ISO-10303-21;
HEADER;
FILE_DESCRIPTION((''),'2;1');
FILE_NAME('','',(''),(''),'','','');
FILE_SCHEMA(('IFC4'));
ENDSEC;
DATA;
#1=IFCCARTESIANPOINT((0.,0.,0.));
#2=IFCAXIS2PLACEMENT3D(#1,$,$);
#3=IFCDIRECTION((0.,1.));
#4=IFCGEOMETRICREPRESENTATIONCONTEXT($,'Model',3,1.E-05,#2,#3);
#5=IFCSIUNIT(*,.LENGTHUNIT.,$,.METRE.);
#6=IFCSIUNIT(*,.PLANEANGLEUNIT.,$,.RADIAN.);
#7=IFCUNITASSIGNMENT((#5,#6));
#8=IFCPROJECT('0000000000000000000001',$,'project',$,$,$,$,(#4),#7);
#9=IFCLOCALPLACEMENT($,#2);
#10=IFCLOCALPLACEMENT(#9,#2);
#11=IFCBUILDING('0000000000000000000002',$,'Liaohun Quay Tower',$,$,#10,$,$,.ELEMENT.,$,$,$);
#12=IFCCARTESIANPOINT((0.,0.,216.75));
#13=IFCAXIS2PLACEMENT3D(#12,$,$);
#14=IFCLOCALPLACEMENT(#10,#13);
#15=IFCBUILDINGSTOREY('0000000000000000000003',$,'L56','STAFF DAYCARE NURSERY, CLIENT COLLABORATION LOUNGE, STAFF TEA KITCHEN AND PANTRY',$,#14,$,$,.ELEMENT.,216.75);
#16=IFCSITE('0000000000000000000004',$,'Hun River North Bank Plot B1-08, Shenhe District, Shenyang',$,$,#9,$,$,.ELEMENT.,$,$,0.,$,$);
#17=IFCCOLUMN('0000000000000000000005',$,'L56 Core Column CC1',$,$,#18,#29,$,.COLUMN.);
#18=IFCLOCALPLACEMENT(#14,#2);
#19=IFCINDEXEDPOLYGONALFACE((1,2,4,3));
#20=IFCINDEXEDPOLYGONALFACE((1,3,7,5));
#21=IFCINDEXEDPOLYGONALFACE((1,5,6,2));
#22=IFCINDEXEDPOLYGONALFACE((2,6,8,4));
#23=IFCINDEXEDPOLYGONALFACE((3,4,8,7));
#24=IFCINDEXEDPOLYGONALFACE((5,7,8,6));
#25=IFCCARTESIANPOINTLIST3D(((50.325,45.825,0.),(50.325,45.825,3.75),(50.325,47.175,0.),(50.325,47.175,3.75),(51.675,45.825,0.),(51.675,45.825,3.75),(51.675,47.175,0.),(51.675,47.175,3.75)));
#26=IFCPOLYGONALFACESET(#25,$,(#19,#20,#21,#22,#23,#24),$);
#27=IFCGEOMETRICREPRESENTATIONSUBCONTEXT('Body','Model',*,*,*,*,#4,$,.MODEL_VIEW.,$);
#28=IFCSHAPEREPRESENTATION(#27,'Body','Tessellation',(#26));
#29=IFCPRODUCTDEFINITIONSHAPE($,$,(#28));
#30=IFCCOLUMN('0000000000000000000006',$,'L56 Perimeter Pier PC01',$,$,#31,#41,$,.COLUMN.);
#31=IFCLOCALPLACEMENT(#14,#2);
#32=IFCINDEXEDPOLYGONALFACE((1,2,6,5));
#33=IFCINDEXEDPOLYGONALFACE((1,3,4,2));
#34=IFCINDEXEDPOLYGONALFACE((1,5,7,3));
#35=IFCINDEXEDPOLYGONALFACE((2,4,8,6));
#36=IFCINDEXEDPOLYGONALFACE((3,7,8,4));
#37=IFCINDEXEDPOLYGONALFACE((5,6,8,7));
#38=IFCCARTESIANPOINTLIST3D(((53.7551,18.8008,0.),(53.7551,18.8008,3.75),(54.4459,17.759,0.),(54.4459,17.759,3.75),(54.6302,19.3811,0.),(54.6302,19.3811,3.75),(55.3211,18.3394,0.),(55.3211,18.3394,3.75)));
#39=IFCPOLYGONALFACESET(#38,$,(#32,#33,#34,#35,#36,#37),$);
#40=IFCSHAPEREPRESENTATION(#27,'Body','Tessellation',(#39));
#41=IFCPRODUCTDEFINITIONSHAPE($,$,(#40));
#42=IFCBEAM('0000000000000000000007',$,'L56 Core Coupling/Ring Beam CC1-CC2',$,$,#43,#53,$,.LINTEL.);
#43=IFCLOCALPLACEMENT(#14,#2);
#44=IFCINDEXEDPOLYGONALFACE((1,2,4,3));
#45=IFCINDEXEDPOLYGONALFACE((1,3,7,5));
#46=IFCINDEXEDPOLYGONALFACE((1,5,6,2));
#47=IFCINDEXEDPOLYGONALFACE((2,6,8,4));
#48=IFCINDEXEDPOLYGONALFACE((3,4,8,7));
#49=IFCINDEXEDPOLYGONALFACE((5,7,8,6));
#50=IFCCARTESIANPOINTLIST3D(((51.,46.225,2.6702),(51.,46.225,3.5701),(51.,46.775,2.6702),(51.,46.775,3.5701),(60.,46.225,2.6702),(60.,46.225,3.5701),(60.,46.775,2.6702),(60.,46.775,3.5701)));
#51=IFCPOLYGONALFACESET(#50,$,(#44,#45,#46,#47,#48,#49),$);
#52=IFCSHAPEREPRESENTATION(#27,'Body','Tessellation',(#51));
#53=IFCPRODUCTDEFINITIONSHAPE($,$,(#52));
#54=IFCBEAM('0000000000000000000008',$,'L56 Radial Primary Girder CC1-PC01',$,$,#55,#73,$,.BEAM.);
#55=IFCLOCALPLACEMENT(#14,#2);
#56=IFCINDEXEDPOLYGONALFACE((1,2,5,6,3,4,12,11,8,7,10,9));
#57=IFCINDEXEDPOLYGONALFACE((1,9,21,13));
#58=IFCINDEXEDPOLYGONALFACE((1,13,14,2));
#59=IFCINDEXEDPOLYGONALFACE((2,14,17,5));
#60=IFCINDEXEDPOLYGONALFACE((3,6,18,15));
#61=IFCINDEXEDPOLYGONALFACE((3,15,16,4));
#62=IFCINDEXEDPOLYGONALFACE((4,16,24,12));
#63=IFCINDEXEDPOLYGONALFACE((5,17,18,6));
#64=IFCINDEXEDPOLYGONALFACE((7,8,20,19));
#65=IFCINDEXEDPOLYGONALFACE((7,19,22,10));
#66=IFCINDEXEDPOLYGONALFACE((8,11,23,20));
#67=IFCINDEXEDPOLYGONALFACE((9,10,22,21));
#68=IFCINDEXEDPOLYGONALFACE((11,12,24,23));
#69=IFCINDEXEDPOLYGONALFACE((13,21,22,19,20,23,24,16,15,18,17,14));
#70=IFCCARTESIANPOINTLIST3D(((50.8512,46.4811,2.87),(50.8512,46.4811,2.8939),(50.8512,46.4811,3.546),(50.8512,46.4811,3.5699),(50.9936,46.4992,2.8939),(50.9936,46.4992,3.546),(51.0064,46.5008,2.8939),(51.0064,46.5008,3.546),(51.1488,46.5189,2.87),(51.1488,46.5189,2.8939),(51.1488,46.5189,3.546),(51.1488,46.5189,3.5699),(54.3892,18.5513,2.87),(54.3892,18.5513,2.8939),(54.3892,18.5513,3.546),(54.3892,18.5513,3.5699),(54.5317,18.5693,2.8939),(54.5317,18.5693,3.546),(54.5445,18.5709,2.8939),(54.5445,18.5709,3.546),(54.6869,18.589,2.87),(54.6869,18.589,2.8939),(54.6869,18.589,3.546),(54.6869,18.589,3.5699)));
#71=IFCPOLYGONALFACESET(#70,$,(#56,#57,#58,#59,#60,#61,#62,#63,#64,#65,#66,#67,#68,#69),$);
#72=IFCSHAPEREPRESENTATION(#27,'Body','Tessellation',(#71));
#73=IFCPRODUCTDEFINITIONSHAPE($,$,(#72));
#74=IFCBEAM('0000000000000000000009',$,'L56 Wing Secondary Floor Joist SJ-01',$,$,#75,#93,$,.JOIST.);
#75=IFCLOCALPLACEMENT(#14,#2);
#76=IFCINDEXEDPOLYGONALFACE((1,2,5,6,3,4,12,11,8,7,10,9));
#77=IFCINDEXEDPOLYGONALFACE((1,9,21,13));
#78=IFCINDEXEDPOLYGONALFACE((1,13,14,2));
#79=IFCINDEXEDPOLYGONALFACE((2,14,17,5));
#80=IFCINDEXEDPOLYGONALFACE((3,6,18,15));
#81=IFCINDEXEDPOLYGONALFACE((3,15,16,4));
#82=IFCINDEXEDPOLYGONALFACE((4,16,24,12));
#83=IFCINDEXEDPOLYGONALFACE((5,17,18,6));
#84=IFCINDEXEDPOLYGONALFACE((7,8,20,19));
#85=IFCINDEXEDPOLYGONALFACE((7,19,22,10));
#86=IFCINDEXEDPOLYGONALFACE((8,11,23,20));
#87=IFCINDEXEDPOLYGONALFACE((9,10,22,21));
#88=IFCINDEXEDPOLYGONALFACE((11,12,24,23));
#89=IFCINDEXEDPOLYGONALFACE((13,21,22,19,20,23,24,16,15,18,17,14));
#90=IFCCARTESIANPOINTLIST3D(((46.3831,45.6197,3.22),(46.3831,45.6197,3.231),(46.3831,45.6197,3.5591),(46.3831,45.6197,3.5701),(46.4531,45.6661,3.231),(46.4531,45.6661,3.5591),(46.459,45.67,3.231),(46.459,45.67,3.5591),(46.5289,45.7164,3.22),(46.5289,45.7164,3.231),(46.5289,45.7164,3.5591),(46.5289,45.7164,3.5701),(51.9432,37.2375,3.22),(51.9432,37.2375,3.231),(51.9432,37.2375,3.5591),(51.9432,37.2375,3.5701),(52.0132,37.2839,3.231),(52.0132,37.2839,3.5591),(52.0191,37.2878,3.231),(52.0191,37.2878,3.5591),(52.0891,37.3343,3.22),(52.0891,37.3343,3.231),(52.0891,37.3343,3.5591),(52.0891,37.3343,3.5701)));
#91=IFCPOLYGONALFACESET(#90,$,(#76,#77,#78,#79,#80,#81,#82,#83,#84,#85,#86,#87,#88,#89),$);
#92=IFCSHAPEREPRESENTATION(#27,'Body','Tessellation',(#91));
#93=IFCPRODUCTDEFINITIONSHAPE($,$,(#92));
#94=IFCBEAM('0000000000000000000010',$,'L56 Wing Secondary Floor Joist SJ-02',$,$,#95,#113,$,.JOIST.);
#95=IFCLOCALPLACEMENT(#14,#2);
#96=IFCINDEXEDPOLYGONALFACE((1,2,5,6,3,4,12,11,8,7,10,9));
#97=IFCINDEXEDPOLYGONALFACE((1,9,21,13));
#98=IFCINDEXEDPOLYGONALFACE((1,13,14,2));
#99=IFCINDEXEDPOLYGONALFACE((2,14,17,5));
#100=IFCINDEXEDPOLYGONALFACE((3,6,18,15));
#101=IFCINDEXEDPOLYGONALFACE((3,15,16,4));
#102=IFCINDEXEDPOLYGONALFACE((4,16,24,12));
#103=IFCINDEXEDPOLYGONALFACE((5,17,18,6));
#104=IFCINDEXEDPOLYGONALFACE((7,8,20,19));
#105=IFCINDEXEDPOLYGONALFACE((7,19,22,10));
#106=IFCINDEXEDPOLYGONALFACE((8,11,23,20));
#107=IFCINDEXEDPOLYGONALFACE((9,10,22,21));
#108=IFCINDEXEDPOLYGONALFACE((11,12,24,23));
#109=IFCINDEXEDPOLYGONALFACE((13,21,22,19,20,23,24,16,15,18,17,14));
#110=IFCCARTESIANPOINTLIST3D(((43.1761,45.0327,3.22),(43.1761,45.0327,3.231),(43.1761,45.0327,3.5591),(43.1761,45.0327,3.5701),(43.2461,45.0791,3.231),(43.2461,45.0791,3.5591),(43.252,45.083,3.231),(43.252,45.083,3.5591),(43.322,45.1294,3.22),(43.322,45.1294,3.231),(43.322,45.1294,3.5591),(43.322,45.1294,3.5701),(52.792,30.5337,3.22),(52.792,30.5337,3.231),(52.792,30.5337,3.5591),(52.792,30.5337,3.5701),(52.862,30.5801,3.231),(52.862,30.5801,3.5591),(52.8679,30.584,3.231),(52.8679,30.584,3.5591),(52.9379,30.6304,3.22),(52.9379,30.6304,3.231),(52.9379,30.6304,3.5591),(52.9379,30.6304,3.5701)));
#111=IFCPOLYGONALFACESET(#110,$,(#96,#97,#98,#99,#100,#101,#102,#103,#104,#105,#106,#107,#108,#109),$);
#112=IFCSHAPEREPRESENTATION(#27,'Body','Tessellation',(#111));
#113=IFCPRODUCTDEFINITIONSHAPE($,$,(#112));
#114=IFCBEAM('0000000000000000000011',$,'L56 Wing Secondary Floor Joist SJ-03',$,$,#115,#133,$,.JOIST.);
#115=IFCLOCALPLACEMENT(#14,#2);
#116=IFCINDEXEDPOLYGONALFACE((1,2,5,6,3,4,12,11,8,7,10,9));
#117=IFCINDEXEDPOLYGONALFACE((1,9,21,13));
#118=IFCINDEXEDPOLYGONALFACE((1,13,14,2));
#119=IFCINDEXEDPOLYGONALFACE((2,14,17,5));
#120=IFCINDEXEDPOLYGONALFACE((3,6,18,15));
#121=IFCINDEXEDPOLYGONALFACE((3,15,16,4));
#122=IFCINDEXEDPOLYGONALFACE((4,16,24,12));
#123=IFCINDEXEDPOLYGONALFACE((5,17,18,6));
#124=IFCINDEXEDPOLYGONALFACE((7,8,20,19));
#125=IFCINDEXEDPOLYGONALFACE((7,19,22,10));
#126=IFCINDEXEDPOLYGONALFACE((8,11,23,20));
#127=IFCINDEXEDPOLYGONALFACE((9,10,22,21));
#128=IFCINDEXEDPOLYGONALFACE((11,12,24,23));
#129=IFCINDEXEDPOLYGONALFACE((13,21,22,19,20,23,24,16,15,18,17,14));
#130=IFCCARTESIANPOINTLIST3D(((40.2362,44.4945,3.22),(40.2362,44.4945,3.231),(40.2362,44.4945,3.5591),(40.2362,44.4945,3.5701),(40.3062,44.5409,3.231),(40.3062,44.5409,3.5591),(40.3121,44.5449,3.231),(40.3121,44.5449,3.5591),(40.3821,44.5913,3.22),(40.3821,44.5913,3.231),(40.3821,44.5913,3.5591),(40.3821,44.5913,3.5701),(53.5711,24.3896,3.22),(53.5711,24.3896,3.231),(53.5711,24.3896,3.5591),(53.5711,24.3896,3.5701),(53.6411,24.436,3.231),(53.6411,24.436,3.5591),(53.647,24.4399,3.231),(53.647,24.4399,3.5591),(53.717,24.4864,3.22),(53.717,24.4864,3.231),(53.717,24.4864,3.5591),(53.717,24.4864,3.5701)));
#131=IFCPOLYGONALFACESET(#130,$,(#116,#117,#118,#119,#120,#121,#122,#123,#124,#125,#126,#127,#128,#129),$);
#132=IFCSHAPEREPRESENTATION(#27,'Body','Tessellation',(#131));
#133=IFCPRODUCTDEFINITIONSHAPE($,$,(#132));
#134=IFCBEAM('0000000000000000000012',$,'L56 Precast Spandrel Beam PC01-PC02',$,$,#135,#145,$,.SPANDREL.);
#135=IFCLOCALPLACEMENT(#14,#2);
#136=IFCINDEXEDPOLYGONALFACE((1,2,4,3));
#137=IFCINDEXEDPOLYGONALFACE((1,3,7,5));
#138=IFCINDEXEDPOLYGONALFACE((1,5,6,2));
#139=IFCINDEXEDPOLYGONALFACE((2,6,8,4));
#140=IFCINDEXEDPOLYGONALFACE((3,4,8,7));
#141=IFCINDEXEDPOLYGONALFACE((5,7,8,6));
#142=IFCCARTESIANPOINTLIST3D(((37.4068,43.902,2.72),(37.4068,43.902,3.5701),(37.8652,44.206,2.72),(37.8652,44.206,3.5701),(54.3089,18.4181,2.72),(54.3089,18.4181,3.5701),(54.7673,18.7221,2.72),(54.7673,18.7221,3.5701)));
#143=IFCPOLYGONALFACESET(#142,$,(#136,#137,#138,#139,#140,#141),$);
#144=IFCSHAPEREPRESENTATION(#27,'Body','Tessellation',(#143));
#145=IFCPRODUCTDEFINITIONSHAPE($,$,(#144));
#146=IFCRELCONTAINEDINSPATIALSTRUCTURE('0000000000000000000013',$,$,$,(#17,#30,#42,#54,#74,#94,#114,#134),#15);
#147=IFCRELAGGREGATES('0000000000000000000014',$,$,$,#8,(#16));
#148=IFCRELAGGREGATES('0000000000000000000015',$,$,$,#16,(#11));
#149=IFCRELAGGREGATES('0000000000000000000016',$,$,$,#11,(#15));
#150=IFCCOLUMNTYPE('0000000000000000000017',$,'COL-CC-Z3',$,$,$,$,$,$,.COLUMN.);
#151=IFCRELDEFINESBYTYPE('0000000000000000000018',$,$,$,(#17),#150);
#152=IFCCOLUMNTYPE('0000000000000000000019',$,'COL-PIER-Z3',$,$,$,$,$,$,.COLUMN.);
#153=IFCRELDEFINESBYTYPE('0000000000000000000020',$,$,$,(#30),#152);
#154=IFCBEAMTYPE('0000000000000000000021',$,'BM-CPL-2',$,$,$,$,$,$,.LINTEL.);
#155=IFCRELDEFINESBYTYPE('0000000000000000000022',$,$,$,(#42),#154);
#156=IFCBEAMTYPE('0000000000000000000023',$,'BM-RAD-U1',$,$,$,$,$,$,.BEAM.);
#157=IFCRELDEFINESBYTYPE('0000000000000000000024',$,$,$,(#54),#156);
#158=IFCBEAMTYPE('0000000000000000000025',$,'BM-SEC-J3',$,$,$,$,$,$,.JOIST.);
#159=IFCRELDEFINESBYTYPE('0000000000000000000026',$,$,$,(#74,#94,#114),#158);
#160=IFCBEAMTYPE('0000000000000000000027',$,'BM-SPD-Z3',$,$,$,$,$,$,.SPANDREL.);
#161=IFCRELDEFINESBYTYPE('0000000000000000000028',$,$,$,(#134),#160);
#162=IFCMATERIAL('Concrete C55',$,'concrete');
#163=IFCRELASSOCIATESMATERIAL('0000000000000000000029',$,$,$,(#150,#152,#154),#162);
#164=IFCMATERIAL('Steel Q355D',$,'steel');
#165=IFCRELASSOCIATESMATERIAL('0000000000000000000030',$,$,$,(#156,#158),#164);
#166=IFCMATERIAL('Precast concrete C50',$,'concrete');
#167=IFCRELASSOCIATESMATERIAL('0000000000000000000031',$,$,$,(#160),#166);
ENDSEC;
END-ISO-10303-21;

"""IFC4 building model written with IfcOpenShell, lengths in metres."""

from ifc_helpers import new_model, si_unit, direction, frame, origin, origin_2d, place, context, subcontext, project, spatial, rectangle, i_section, extrude, source, transform, mapped, material, material_profile, profile_set, type_object, element, save


model = new_model("IFC4")

# Units and contexts
model_context = context("Model", 3, precision=1e-05, world=origin(), true_north=direction((0.0, 1.0)))
body_context = subcontext(model_context, "Body", "Model", "MODEL_VIEW")
ifc_project = project(units=[si_unit("LENGTHUNIT", "METRE"), si_unit("PLANEANGLEUNIT", "RADIAN")], contexts=[model_context])

# Site, building, storey
site_placement = place(None, origin())
site = spatial("IfcSite", under=ifc_project, at=site_placement, Name="Hun River North Bank Plot B1-08, Shenhe District, Shenyang", CompositionType="ELEMENT", RefElevation=0.0)
building_placement = place(site_placement, origin())
building = spatial("IfcBuilding", under=site, at=building_placement, Name="Liaohun Quay Tower", CompositionType="ELEMENT")
storey_placement = place(building_placement, frame((0.0, 0.0, 216.75)))
storey = spatial("IfcBuildingStorey", under=building, at=storey_placement, Name="L56", Description="STAFF DAYCARE NURSERY, CLIENT COLLABORATION LOUNGE, STAFF TEA KITCHEN AND PANTRY", CompositionType="ELEMENT", Elevation=216.75)

# Columns
ifc_material_1 = material(Name="Concrete C55", Category="concrete")
ifc_material_profile_1 = material_profile(ifc_material_1, rectangle(XDim=1.3501, YDim=1.3501, at=origin_2d()), Name="RC1350x1350")
ifc_profile_set_1 = profile_set([ifc_material_profile_1], Name="Concrete C55")
column_type_1 = type_object("IfcColumnType", Name="COL-CC-Z3", PredefinedType="COLUMN", material=ifc_profile_set_1)
shared_shape_1 = source(origin(), body_context, "Body", "SweptSolid", [
    extrude(rectangle(XDim=1.3501, YDim=1.3501, at=origin_2d()), origin(), (0.0, 0.0, 1.0), 3.75),
])
column_1_placement = place(storey_placement, frame((51.0, 46.5, 0.0), z_axis=(0.0, 0.0, 1.0), x_axis=(1.0, 0.0, 0.0)))
element("IfcColumn", 1, at=column_1_placement, inside=storey, type_object=column_type_1, Name="L56 Core Column CC1", PredefinedType="COLUMN", context=body_context, shape_type="MappedRepresentation", body=[
    mapped(shared_shape_1, transform((0.0, 0.0, 0.0), x_axis=(1.0, 0.0, 0.0), y_axis=(0.0, 1.0, 0.0), z_axis=(0.0, 0.0, 1.0), scale=1.0)),
])
ifc_material_profile_2 = material_profile(ifc_material_1, rectangle(XDim=1.25, YDim=1.05, at=origin_2d()), Name="RC1250x1050")
ifc_profile_set_2 = profile_set([ifc_material_profile_2], Name="Concrete C55")
column_type_2 = type_object("IfcColumnType", Name="COL-PIER-Z3", PredefinedType="COLUMN", material=ifc_profile_set_2)
shared_shape_2 = source(origin(), body_context, "Body", "SweptSolid", [
    extrude(rectangle(XDim=1.25, YDim=1.05, at=origin_2d()), origin(), (0.0, 0.0, 1.0), 3.75),
])
column_2_placement = place(storey_placement, frame((54.5381, 18.5701, 0.0), z_axis=(0.0, 0.0, 1.0), x_axis=(-0.552664, 0.833404, 0.0)))
element("IfcColumn", 2, at=column_2_placement, inside=storey, type_object=column_type_2, Name="L56 Perimeter Pier PC01", PredefinedType="COLUMN", context=body_context, shape_type="MappedRepresentation", body=[
    mapped(shared_shape_2, transform((0.0, 0.0, 0.0), x_axis=(1.0, 0.0, 0.0), y_axis=(0.0, 1.0, 0.0), z_axis=(0.0, 0.0, 1.0), scale=1.0)),
])

# Beams
ifc_material_profile_3 = material_profile(ifc_material_1, rectangle(XDim=0.55, YDim=0.8999, at=origin_2d()), Name="RC550x900")
ifc_profile_set_3 = profile_set([ifc_material_profile_3], Name="Concrete C55")
beam_type_1 = type_object("IfcBeamType", Name="BM-CPL-2", PredefinedType="LINTEL", material=ifc_profile_set_3)
shared_shape_3 = source(origin(), body_context, "Body", "SweptSolid", [
    extrude(rectangle(XDim=0.55, YDim=0.8999, at=origin_2d()), origin(), (0.0, 0.0, 1.0), 9.0),
])
beam_1_placement = place(storey_placement, frame((51.0, 46.5, 3.1201), z_axis=(1.0, 0.0, 0.0), x_axis=(0.0, 1.0, 0.0)))
element("IfcBeam", 3, at=beam_1_placement, inside=storey, type_object=beam_type_1, Name="L56 Core Coupling/Ring Beam CC1-CC2", PredefinedType="LINTEL", context=body_context, shape_type="MappedRepresentation", body=[
    mapped(shared_shape_3, transform((0.0, 0.0, 0.0), x_axis=(1.0, 0.0, 0.0), y_axis=(0.0, 1.0, 0.0), z_axis=(0.0, 0.0, 1.0), scale=1.0)),
])
ifc_material_2 = material(Name="Steel Q355D", Category="steel")
ifc_material_profile_4 = material_profile(ifc_material_2, i_section(OverallWidth=0.3, OverallDepth=0.7, WebThickness=0.0129, FlangeThickness=0.0239, at=origin_2d()), Name="HN700x300x13x24")
ifc_profile_set_4 = profile_set([ifc_material_profile_4], Name="Steel Q355D")
beam_type_2 = type_object("IfcBeamType", Name="BM-RAD-U1", PredefinedType="BEAM", material=ifc_profile_set_4)
shared_shape_4 = source(origin(), body_context, "Body", "SweptSolid", [
    extrude(i_section(OverallWidth=0.3, OverallDepth=0.7, WebThickness=0.0129, FlangeThickness=0.0239, at=origin_2d()), origin(), (0.0, 0.0, 1.0), 28.1531),
])
beam_2_placement = place(storey_placement, frame((51.0, 46.5, 3.22), z_axis=(0.125673, -0.992072, 0.0), x_axis=(0.992072, 0.125673, 0.0)))
element("IfcBeam", 4, at=beam_2_placement, inside=storey, type_object=beam_type_2, Name="L56 Radial Primary Girder CC1-PC01", PredefinedType="BEAM", context=body_context, shape_type="MappedRepresentation", body=[
    mapped(shared_shape_4, transform((0.0, 0.0, 0.0), x_axis=(1.0, 0.0, 0.0), y_axis=(0.0, 1.0, 0.0), z_axis=(0.0, 0.0, 1.0), scale=1.0)),
])
ifc_material_profile_5 = material_profile(ifc_material_2, i_section(OverallWidth=0.175, OverallDepth=0.3501, WebThickness=0.0071, FlangeThickness=0.011, at=origin_2d()), Name="HN350x175x7x11")
ifc_profile_set_5 = profile_set([ifc_material_profile_5], Name="Steel Q355D")
beam_type_3 = type_object("IfcBeamType", Name="BM-SEC-J3", PredefinedType="JOIST", material=ifc_profile_set_5)
shared_shape_5 = source(origin(), body_context, "Body", "SweptSolid", [
    extrude(i_section(OverallWidth=0.175, OverallDepth=0.3501, WebThickness=0.0071, FlangeThickness=0.011, at=origin_2d()), origin(), (0.0, 0.0, 1.0), 10.0586),
])
beam_3_placement = place(storey_placement, frame((52.0161, 37.2859, 3.395), z_axis=(-0.552772, 0.833333, 0.0), x_axis=(-0.833333, -0.552772, 0.0)))
element("IfcBeam", 5, at=beam_3_placement, inside=storey, type_object=beam_type_3, Name="L56 Wing Secondary Floor Joist SJ-01", PredefinedType="JOIST", context=body_context, shape_type="MappedRepresentation", body=[
    mapped(shared_shape_5, transform((0.0, 0.0, 0.0), x_axis=(1.0, 0.0, 0.0), y_axis=(0.0, 1.0, 0.0), z_axis=(0.0, 0.0, 1.0), scale=1.0)),
])
shared_shape_6 = source(origin(), body_context, "Body", "SweptSolid", [
    extrude(i_section(OverallWidth=0.175, OverallDepth=0.3501, WebThickness=0.0071, FlangeThickness=0.011, at=origin_2d()), origin(), (0.0, 0.0, 1.0), 17.3979),
])
beam_4_placement = place(storey_placement, frame((52.865, 30.582, 3.395), z_axis=(-0.552707, 0.833376, 0.0), x_axis=(-0.833376, -0.552707, 0.0)))
element("IfcBeam", 6, at=beam_4_placement, inside=storey, type_object=beam_type_3, Name="L56 Wing Secondary Floor Joist SJ-02", PredefinedType="JOIST", context=body_context, shape_type="MappedRepresentation", body=[
    mapped(shared_shape_6, transform((0.0, 0.0, 0.0), x_axis=(1.0, 0.0, 0.0), y_axis=(0.0, 1.0, 0.0), z_axis=(0.0, 0.0, 1.0), scale=1.0)),
])
shared_shape_7 = source(origin(), body_context, "Body", "SweptSolid", [
    extrude(i_section(OverallWidth=0.175, OverallDepth=0.3501, WebThickness=0.0071, FlangeThickness=0.011, at=origin_2d()), origin(), (0.0, 0.0, 1.0), 24.1252),
])
beam_5_placement = place(storey_placement, frame((53.644, 24.438, 3.395), z_axis=(-0.552737, 0.833356, 0.0), x_axis=(-0.833356, -0.552737, 0.0)))
element("IfcBeam", 7, at=beam_5_placement, inside=storey, type_object=beam_type_3, Name="L56 Wing Secondary Floor Joist SJ-03", PredefinedType="JOIST", context=body_context, shape_type="MappedRepresentation", body=[
    mapped(shared_shape_7, transform((0.0, 0.0, 0.0), x_axis=(1.0, 0.0, 0.0), y_axis=(0.0, 1.0, 0.0), z_axis=(0.0, 0.0, 1.0), scale=1.0)),
])
ifc_material_3 = material(Name="Precast concrete C50", Category="concrete")
ifc_material_profile_6 = material_profile(ifc_material_3, rectangle(XDim=0.55, YDim=0.8501, at=origin_2d()), Name="RC550x850")
ifc_profile_set_6 = profile_set([ifc_material_profile_6], Name="Precast concrete C50")
beam_type_4 = type_object("IfcBeamType", Name="BM-SPD-Z3", PredefinedType="SPANDREL", material=ifc_profile_set_6)
shared_shape_8 = source(origin(), body_context, "Body", "SweptSolid", [
    extrude(rectangle(XDim=0.55, YDim=0.8501, at=origin_2d()), origin(), (0.0, 0.0, 1.0), 30.5796),
])
beam_6_placement = place(storey_placement, frame((54.5381, 18.5701, 3.145), z_axis=(-0.552725, 0.833363, 0.0), x_axis=(-0.833363, -0.552725, 0.0)))
element("IfcBeam", 8, at=beam_6_placement, inside=storey, type_object=beam_type_4, Name="L56 Precast Spandrel Beam PC01-PC02", PredefinedType="SPANDREL", context=body_context, shape_type="MappedRepresentation", body=[
    mapped(shared_shape_8, transform((0.0, 0.0, 0.0), x_axis=(1.0, 0.0, 0.0), y_axis=(0.0, 1.0, 0.0), z_axis=(0.0, 0.0, 1.0), scale=1.0)),
])

save(model, "model.ifc")
